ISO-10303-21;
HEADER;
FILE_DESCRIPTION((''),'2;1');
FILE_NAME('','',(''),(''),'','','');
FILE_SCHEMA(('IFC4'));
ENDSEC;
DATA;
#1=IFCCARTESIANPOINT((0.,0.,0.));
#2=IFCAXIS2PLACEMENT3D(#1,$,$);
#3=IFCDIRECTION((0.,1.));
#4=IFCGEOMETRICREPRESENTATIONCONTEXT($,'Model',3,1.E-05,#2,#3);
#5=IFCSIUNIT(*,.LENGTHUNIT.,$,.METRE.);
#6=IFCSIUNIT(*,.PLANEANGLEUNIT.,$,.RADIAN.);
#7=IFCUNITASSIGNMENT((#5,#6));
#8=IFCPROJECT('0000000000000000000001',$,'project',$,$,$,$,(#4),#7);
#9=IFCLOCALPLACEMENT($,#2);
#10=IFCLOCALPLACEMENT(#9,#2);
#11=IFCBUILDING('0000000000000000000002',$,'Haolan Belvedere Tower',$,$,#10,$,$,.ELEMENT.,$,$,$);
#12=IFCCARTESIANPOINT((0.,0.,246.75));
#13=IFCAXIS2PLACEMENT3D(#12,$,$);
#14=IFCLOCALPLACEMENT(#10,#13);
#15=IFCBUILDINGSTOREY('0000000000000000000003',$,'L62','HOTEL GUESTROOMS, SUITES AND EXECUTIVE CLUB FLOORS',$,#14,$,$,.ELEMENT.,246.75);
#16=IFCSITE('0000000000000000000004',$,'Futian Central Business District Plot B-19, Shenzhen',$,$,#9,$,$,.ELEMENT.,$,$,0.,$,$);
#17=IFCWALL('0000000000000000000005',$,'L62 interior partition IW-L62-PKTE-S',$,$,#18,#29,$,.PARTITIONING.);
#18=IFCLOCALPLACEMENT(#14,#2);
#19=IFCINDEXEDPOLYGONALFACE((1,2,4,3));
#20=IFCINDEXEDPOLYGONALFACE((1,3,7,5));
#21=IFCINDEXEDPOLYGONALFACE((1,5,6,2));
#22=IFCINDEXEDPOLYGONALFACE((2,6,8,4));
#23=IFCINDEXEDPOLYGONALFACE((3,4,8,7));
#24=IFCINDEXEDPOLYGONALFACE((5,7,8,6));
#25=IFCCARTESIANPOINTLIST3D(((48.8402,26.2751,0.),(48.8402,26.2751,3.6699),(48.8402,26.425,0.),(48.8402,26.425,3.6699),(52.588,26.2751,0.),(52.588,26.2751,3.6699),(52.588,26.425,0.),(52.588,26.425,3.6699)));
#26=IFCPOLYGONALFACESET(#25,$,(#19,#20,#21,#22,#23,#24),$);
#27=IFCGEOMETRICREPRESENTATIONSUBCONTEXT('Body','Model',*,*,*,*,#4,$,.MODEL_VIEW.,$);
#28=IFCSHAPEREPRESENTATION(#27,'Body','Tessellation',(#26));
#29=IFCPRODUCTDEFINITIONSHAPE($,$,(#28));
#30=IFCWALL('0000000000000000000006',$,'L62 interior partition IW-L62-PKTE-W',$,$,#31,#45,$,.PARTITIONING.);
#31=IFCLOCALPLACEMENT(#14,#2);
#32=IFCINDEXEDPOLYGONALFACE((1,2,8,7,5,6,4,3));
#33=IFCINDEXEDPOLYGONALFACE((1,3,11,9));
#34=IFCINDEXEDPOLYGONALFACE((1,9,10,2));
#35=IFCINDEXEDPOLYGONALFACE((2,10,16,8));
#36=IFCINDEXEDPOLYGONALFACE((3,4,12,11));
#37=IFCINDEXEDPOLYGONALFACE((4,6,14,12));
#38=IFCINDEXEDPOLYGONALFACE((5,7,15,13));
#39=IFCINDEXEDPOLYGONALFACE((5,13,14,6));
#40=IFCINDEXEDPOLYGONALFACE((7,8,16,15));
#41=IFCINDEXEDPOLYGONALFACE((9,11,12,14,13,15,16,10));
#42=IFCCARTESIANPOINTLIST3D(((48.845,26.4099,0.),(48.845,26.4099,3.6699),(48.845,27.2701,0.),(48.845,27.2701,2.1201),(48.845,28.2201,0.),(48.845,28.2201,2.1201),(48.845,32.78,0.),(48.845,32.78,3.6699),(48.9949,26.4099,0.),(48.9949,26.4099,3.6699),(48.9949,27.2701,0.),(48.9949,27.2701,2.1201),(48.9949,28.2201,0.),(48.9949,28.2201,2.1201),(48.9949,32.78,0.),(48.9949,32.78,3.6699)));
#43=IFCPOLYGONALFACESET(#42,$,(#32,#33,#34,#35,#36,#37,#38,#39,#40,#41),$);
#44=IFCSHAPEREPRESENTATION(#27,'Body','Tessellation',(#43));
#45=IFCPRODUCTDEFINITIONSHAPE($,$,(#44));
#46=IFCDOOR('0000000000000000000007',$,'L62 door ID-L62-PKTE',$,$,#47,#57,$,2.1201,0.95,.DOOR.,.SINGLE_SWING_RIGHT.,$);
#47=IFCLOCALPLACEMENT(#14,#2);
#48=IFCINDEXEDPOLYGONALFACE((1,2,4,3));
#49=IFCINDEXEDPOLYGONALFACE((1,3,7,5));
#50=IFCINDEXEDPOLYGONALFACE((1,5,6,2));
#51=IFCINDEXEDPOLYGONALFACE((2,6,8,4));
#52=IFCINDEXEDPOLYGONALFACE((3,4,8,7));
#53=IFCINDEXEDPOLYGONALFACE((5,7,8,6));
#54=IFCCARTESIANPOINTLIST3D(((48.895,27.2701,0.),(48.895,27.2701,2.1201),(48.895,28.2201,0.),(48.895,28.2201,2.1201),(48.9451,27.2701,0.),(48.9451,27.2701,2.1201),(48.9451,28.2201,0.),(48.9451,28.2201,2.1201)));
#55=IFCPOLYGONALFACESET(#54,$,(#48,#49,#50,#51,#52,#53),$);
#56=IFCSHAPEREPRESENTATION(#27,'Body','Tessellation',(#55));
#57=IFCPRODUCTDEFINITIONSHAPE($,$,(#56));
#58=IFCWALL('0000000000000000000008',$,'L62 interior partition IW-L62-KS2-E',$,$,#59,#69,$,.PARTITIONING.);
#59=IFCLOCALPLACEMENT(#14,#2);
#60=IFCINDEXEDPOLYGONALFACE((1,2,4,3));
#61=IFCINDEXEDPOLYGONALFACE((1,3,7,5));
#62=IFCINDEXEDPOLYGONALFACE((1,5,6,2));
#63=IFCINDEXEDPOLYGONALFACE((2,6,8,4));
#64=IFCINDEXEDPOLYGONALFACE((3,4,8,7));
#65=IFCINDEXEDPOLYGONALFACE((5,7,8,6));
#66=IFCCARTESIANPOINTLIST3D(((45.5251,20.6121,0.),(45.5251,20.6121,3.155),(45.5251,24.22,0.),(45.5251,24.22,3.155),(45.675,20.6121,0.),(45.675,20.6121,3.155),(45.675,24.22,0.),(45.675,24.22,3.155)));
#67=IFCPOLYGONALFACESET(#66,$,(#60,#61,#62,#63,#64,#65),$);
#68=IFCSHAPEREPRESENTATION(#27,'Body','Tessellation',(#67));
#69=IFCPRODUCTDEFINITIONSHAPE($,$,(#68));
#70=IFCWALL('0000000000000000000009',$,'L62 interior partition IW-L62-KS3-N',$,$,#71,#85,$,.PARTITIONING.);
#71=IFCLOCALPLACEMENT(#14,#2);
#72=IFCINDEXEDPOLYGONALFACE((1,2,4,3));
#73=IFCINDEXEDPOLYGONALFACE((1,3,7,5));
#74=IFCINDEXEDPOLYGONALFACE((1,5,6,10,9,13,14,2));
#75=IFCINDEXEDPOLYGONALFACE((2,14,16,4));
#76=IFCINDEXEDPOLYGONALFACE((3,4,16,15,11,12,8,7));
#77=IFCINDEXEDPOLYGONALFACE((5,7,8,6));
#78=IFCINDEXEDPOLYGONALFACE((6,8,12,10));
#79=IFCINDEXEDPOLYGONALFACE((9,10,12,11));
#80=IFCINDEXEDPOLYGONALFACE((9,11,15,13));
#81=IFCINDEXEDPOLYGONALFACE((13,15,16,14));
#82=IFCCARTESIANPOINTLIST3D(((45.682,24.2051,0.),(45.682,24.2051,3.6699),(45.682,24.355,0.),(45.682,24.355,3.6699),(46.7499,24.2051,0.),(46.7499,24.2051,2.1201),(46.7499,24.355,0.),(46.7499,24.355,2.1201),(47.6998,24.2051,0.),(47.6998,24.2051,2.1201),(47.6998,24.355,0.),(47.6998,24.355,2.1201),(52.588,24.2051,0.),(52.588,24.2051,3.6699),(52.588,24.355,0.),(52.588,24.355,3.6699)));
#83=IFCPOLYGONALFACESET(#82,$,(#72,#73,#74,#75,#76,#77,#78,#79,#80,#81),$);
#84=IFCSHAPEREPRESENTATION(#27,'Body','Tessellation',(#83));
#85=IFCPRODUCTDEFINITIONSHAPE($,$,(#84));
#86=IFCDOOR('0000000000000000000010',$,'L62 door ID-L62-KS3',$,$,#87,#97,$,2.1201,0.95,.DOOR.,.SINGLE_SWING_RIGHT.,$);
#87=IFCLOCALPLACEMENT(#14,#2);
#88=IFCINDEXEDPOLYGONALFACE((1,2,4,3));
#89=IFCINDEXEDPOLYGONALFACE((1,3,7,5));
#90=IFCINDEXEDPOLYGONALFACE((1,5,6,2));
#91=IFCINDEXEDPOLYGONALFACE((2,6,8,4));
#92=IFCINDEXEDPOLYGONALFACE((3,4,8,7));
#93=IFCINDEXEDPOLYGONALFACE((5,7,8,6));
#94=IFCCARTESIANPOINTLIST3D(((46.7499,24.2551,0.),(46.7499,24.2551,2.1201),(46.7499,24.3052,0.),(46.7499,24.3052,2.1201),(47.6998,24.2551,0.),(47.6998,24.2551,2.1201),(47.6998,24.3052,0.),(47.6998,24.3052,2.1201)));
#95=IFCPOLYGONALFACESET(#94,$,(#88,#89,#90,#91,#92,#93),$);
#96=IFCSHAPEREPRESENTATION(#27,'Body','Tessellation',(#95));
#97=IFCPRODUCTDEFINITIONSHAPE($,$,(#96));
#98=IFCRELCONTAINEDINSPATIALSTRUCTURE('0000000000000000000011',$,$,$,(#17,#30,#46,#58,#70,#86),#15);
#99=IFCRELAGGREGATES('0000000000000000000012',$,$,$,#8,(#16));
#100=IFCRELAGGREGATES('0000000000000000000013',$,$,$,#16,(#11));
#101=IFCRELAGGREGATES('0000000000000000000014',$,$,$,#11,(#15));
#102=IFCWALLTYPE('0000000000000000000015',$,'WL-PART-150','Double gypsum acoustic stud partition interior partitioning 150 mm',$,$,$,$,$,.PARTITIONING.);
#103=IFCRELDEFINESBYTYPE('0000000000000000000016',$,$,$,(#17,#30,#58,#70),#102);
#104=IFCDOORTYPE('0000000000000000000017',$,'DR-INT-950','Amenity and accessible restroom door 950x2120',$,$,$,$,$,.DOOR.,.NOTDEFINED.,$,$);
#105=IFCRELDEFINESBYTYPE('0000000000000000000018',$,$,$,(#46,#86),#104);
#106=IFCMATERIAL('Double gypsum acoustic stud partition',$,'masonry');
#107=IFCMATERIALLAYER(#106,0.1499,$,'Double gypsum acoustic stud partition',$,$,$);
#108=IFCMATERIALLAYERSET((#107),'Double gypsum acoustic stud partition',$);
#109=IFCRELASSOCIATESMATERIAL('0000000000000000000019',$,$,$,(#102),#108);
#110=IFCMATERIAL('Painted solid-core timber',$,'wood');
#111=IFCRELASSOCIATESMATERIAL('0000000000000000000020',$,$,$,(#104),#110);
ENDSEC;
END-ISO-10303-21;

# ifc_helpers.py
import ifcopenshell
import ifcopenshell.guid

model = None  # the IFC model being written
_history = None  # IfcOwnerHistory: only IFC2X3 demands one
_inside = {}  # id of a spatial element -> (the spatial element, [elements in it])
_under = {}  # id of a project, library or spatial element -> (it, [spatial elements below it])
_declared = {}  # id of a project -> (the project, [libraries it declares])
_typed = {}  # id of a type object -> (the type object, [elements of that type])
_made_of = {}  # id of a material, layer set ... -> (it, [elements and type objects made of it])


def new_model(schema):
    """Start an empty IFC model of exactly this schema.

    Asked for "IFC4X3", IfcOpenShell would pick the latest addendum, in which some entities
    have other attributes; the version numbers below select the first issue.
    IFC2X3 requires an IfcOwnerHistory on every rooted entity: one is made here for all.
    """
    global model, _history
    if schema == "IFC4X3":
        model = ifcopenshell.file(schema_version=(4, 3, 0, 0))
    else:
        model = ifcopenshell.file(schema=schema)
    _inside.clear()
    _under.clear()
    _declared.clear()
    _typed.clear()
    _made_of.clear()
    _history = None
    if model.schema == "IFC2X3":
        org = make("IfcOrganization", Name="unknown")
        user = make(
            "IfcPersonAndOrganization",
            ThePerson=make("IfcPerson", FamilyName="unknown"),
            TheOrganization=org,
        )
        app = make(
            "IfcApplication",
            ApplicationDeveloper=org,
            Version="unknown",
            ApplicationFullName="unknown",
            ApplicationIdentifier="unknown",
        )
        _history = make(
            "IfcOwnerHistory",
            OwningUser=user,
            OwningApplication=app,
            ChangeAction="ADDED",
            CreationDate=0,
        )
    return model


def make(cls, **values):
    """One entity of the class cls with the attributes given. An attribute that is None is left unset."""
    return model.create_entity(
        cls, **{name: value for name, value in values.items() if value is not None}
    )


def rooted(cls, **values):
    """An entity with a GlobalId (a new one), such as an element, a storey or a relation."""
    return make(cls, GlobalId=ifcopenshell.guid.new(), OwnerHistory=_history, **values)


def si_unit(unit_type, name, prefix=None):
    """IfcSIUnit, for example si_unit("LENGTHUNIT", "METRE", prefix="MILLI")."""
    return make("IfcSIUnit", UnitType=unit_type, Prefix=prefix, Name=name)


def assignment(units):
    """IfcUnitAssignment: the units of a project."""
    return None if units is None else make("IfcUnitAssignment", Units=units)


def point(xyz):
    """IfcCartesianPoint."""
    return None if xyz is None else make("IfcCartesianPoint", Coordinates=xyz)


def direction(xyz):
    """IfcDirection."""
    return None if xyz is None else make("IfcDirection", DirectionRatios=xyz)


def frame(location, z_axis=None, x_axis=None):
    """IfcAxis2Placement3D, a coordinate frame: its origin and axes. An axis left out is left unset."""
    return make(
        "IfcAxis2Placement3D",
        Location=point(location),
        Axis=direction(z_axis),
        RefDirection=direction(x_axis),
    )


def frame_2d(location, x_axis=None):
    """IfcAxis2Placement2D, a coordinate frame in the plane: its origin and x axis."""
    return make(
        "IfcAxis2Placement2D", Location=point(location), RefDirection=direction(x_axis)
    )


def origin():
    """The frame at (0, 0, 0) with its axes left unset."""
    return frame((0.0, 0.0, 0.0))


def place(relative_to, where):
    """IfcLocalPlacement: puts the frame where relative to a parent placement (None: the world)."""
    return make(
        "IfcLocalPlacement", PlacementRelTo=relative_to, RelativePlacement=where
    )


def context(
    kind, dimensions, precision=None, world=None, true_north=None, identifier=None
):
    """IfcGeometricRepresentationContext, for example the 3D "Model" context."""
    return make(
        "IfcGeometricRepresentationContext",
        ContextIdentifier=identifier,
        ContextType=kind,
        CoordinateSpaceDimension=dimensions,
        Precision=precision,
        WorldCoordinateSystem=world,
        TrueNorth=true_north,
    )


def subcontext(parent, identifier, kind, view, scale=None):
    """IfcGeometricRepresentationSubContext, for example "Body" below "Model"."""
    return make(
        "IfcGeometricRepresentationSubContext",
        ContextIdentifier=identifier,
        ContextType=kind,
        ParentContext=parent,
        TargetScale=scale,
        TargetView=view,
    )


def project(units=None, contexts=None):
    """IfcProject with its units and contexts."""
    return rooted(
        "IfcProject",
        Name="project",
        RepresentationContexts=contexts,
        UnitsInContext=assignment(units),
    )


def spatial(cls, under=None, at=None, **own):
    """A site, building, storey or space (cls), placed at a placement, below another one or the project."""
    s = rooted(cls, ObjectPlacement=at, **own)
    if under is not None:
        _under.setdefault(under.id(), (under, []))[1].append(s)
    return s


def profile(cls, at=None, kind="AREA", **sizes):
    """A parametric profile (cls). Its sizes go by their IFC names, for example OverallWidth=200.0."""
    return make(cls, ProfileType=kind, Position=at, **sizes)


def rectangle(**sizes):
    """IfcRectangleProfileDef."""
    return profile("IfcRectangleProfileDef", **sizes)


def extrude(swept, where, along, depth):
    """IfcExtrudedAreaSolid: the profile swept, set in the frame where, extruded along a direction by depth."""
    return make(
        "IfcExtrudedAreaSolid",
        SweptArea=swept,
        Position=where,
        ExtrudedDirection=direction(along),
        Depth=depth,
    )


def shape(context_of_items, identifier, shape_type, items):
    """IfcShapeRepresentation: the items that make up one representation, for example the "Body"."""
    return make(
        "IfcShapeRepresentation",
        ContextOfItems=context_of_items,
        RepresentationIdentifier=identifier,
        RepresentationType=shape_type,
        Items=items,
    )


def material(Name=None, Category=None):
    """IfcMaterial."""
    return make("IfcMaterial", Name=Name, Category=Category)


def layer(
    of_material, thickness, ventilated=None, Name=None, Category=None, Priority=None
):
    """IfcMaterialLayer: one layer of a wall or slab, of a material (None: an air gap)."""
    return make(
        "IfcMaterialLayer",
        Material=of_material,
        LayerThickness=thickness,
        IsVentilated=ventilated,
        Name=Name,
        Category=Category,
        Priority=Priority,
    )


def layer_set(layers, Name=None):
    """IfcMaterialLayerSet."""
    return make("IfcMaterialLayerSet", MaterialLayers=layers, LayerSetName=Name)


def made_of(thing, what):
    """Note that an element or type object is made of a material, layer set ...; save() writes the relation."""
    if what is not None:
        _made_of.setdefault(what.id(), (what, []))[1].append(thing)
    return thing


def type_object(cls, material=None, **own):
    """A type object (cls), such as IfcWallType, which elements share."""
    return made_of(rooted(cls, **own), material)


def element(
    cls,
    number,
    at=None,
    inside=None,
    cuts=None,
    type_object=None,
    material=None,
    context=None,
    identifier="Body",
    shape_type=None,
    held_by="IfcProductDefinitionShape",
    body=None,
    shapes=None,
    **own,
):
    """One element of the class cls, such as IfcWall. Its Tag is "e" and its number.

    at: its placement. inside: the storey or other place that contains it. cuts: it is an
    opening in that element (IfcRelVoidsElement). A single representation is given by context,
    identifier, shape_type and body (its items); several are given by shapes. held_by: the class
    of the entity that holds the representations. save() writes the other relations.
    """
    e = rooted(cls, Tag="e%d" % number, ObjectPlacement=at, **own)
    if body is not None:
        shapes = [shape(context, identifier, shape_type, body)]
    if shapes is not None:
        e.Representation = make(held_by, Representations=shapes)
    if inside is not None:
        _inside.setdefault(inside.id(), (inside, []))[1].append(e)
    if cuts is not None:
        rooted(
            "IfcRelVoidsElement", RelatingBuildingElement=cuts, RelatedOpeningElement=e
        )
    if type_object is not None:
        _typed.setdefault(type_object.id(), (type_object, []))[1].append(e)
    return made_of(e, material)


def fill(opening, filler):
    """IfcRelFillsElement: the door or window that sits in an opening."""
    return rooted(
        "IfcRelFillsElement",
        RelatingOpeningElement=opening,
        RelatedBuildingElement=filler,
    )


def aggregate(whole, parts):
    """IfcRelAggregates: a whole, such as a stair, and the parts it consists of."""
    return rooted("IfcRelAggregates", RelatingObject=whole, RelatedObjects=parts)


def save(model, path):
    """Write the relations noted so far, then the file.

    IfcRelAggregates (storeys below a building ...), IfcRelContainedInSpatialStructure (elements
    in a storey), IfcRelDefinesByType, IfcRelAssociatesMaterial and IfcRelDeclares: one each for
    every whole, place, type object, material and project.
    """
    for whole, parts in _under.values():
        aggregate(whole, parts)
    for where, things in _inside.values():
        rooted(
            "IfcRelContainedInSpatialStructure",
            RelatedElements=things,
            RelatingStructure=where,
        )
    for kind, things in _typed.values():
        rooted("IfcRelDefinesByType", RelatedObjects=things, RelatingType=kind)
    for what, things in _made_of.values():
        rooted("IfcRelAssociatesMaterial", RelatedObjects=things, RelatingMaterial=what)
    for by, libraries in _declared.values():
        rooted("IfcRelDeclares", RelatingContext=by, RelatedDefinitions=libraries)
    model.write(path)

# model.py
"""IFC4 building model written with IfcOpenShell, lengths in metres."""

from ifc_helpers import new_model, si_unit, direction, frame, frame_2d, origin, place, context, subcontext, project, spatial, rectangle, extrude, material, layer, layer_set, type_object, element, fill, save


model = new_model("IFC4")

# Units and contexts
model_context = context("Model", 3, precision=1e-05, world=origin(), true_north=direction((0.0, 1.0)))
body_context = subcontext(model_context, "Body", "Model", "MODEL_VIEW")
ifc_project = project(units=[si_unit("LENGTHUNIT", "METRE"), si_unit("PLANEANGLEUNIT", "RADIAN")], contexts=[model_context])

# Site, building, storey
site_placement = place(None, origin())
site = spatial("IfcSite", under=ifc_project, at=site_placement, Name="Futian Central Business District Plot B-19, Shenzhen", CompositionType="ELEMENT", RefElevation=0.0)
building_placement = place(site_placement, origin())
building = spatial("IfcBuilding", under=site, at=building_placement, Name="Haolan Belvedere Tower", CompositionType="ELEMENT")
storey_placement = place(building_placement, frame((0.0, 0.0, 246.75)))
storey = spatial("IfcBuildingStorey", under=building, at=storey_placement, Name="L62", Description="HOTEL GUESTROOMS, SUITES AND EXECUTIVE CLUB FLOORS", CompositionType="ELEMENT", Elevation=246.75)

# Wall
ifc_material_1 = material(Name="Double gypsum acoustic stud partition", Category="masonry")
ifc_layer_1 = layer(ifc_material_1, 0.1499, Name="Double gypsum acoustic stud partition")
ifc_layer_set_1 = layer_set([ifc_layer_1], Name="Double gypsum acoustic stud partition")
wall_type_1 = type_object("IfcWallType", Name="WL-PART-150", Description="Double gypsum acoustic stud partition interior partitioning 150 mm", PredefinedType="PARTITIONING", material=ifc_layer_set_1)
wall_1_placement = place(storey_placement, frame((48.8401, 26.3501, 0.0), z_axis=(0.0, 0.0, 1.0), x_axis=(1.0, 0.0, 0.0)))
element("IfcWall", 1, at=wall_1_placement, inside=storey, type_object=wall_type_1, Name="L62 interior partition IW-L62-PKTE-S", PredefinedType="PARTITIONING", context=body_context, shape_type="SweptSolid", body=[
    extrude(rectangle(XDim=3.7478, YDim=0.1499, at=frame_2d((1.874, 0.0))), origin(), (0.0, 0.0, 1.0), 3.6699),
])

# Wall, opening, door
wall_2_placement = place(storey_placement, frame((48.9199, 26.4099, 0.0), z_axis=(0.0, 0.0, 1.0), x_axis=(0.0, 1.0, 0.0)))
wall_2 = element("IfcWall", 2, at=wall_2_placement, inside=storey, type_object=wall_type_1, Name="L62 interior partition IW-L62-PKTE-W", PredefinedType="PARTITIONING", context=body_context, shape_type="SweptSolid", body=[
    extrude(rectangle(XDim=6.3701, YDim=0.1499, at=frame_2d((3.1851, 0.0))), origin(), (0.0, 0.0, 1.0), 3.6699),
])
opening_1_placement = place(wall_2_placement, frame((0.8601, 0.0, 0.0)))
opening_1 = element("IfcOpeningElement", 3, at=opening_1_placement, cuts=wall_2, PredefinedType="OPENING", context=body_context, shape_type="SweptSolid", body=[
    extrude(rectangle(XDim=0.95, YDim=2.1201, at=frame_2d((0.4751, 1.0601))), frame((0.0, 0.085, 0.0), z_axis=(0.0, -1.0, 0.0), x_axis=(1.0, 0.0, 0.0)), (0.0, 0.0, 1.0), 0.1699),
])
ifc_material_2 = material(Name="Painted solid-core timber", Category="wood")
door_type = type_object("IfcDoorType", Name="DR-INT-950", Description="Amenity and accessible restroom door 950x2120", OperationType="NOTDEFINED", PredefinedType="DOOR", material=ifc_material_2)
door_1_placement = place(opening_1_placement, origin())
door_1 = element("IfcDoor", 4, at=door_1_placement, inside=storey, type_object=door_type, Name="L62 door ID-L62-PKTE", OperationType="SINGLE_SWING_RIGHT", OverallHeight=2.1201, OverallWidth=0.95, PredefinedType="DOOR", context=body_context, shape_type="SweptSolid", body=[
    extrude(rectangle(XDim=0.95, YDim=2.1201, at=frame_2d((0.4751, 1.0601))), frame((0.0, 0.0249, 0.0), z_axis=(0.0, -1.0, 0.0), x_axis=(1.0, 0.0, 0.0)), (0.0, 0.0, 1.0), 0.05),
])
fill(opening_1, door_1)

# Wall
wall_3_placement = place(storey_placement, frame((45.6001, 20.6121, 0.0), z_axis=(0.0, 0.0, 1.0), x_axis=(0.0, 1.0, 0.0)))
element("IfcWall", 5, at=wall_3_placement, inside=storey, type_object=wall_type_1, Name="L62 interior partition IW-L62-KS2-E", PredefinedType="PARTITIONING", context=body_context, shape_type="SweptSolid", body=[
    extrude(rectangle(XDim=3.6079, YDim=0.1499, at=frame_2d((1.804, 0.0))), origin(), (0.0, 0.0, 1.0), 3.155),
])

# Wall, opening, door
wall_4_placement = place(storey_placement, frame((45.6819, 24.28, 0.0), z_axis=(0.0, 0.0, 1.0), x_axis=(1.0, 0.0, 0.0)))
wall_4 = element("IfcWall", 6, at=wall_4_placement, inside=storey, type_object=wall_type_1, Name="L62 interior partition IW-L62-KS3-N", PredefinedType="PARTITIONING", context=body_context, shape_type="SweptSolid", body=[
    extrude(rectangle(XDim=6.906, YDim=0.1499, at=frame_2d((3.4531, 0.0))), origin(), (0.0, 0.0, 1.0), 3.6699),
])
opening_2_placement = place(wall_4_placement, frame((2.0181, 0.0, 0.0), z_axis=(0.0, 0.0, 1.0), x_axis=(-1.0, 0.0, 0.0)))
opening_2 = element("IfcOpeningElement", 7, at=opening_2_placement, cuts=wall_4, PredefinedType="OPENING", context=body_context, shape_type="SweptSolid", body=[
    extrude(rectangle(XDim=0.95, YDim=2.1201, at=frame_2d((0.4751, 1.0601))), frame((0.0, 0.085, 0.0), z_axis=(0.0, -1.0, 0.0), x_axis=(1.0, 0.0, 0.0)), (0.0, 0.0, 1.0), 0.1699),
])
door_2_placement = place(opening_2_placement, origin())
door_2 = element("IfcDoor", 8, at=door_2_placement, inside=storey, type_object=door_type, Name="L62 door ID-L62-KS3", OperationType="SINGLE_SWING_RIGHT", OverallHeight=2.1201, OverallWidth=0.95, PredefinedType="DOOR", context=body_context, shape_type="SweptSolid", body=[
    extrude(rectangle(XDim=0.95, YDim=2.1201, at=frame_2d((0.4751, 1.0601))), frame((0.0, 0.0249, 0.0), z_axis=(0.0, -1.0, 0.0), x_axis=(1.0, 0.0, 0.0)), (0.0, 0.0, 1.0), 0.05),
])
fill(opening_2, door_2)

save(model, "model.ifc")
